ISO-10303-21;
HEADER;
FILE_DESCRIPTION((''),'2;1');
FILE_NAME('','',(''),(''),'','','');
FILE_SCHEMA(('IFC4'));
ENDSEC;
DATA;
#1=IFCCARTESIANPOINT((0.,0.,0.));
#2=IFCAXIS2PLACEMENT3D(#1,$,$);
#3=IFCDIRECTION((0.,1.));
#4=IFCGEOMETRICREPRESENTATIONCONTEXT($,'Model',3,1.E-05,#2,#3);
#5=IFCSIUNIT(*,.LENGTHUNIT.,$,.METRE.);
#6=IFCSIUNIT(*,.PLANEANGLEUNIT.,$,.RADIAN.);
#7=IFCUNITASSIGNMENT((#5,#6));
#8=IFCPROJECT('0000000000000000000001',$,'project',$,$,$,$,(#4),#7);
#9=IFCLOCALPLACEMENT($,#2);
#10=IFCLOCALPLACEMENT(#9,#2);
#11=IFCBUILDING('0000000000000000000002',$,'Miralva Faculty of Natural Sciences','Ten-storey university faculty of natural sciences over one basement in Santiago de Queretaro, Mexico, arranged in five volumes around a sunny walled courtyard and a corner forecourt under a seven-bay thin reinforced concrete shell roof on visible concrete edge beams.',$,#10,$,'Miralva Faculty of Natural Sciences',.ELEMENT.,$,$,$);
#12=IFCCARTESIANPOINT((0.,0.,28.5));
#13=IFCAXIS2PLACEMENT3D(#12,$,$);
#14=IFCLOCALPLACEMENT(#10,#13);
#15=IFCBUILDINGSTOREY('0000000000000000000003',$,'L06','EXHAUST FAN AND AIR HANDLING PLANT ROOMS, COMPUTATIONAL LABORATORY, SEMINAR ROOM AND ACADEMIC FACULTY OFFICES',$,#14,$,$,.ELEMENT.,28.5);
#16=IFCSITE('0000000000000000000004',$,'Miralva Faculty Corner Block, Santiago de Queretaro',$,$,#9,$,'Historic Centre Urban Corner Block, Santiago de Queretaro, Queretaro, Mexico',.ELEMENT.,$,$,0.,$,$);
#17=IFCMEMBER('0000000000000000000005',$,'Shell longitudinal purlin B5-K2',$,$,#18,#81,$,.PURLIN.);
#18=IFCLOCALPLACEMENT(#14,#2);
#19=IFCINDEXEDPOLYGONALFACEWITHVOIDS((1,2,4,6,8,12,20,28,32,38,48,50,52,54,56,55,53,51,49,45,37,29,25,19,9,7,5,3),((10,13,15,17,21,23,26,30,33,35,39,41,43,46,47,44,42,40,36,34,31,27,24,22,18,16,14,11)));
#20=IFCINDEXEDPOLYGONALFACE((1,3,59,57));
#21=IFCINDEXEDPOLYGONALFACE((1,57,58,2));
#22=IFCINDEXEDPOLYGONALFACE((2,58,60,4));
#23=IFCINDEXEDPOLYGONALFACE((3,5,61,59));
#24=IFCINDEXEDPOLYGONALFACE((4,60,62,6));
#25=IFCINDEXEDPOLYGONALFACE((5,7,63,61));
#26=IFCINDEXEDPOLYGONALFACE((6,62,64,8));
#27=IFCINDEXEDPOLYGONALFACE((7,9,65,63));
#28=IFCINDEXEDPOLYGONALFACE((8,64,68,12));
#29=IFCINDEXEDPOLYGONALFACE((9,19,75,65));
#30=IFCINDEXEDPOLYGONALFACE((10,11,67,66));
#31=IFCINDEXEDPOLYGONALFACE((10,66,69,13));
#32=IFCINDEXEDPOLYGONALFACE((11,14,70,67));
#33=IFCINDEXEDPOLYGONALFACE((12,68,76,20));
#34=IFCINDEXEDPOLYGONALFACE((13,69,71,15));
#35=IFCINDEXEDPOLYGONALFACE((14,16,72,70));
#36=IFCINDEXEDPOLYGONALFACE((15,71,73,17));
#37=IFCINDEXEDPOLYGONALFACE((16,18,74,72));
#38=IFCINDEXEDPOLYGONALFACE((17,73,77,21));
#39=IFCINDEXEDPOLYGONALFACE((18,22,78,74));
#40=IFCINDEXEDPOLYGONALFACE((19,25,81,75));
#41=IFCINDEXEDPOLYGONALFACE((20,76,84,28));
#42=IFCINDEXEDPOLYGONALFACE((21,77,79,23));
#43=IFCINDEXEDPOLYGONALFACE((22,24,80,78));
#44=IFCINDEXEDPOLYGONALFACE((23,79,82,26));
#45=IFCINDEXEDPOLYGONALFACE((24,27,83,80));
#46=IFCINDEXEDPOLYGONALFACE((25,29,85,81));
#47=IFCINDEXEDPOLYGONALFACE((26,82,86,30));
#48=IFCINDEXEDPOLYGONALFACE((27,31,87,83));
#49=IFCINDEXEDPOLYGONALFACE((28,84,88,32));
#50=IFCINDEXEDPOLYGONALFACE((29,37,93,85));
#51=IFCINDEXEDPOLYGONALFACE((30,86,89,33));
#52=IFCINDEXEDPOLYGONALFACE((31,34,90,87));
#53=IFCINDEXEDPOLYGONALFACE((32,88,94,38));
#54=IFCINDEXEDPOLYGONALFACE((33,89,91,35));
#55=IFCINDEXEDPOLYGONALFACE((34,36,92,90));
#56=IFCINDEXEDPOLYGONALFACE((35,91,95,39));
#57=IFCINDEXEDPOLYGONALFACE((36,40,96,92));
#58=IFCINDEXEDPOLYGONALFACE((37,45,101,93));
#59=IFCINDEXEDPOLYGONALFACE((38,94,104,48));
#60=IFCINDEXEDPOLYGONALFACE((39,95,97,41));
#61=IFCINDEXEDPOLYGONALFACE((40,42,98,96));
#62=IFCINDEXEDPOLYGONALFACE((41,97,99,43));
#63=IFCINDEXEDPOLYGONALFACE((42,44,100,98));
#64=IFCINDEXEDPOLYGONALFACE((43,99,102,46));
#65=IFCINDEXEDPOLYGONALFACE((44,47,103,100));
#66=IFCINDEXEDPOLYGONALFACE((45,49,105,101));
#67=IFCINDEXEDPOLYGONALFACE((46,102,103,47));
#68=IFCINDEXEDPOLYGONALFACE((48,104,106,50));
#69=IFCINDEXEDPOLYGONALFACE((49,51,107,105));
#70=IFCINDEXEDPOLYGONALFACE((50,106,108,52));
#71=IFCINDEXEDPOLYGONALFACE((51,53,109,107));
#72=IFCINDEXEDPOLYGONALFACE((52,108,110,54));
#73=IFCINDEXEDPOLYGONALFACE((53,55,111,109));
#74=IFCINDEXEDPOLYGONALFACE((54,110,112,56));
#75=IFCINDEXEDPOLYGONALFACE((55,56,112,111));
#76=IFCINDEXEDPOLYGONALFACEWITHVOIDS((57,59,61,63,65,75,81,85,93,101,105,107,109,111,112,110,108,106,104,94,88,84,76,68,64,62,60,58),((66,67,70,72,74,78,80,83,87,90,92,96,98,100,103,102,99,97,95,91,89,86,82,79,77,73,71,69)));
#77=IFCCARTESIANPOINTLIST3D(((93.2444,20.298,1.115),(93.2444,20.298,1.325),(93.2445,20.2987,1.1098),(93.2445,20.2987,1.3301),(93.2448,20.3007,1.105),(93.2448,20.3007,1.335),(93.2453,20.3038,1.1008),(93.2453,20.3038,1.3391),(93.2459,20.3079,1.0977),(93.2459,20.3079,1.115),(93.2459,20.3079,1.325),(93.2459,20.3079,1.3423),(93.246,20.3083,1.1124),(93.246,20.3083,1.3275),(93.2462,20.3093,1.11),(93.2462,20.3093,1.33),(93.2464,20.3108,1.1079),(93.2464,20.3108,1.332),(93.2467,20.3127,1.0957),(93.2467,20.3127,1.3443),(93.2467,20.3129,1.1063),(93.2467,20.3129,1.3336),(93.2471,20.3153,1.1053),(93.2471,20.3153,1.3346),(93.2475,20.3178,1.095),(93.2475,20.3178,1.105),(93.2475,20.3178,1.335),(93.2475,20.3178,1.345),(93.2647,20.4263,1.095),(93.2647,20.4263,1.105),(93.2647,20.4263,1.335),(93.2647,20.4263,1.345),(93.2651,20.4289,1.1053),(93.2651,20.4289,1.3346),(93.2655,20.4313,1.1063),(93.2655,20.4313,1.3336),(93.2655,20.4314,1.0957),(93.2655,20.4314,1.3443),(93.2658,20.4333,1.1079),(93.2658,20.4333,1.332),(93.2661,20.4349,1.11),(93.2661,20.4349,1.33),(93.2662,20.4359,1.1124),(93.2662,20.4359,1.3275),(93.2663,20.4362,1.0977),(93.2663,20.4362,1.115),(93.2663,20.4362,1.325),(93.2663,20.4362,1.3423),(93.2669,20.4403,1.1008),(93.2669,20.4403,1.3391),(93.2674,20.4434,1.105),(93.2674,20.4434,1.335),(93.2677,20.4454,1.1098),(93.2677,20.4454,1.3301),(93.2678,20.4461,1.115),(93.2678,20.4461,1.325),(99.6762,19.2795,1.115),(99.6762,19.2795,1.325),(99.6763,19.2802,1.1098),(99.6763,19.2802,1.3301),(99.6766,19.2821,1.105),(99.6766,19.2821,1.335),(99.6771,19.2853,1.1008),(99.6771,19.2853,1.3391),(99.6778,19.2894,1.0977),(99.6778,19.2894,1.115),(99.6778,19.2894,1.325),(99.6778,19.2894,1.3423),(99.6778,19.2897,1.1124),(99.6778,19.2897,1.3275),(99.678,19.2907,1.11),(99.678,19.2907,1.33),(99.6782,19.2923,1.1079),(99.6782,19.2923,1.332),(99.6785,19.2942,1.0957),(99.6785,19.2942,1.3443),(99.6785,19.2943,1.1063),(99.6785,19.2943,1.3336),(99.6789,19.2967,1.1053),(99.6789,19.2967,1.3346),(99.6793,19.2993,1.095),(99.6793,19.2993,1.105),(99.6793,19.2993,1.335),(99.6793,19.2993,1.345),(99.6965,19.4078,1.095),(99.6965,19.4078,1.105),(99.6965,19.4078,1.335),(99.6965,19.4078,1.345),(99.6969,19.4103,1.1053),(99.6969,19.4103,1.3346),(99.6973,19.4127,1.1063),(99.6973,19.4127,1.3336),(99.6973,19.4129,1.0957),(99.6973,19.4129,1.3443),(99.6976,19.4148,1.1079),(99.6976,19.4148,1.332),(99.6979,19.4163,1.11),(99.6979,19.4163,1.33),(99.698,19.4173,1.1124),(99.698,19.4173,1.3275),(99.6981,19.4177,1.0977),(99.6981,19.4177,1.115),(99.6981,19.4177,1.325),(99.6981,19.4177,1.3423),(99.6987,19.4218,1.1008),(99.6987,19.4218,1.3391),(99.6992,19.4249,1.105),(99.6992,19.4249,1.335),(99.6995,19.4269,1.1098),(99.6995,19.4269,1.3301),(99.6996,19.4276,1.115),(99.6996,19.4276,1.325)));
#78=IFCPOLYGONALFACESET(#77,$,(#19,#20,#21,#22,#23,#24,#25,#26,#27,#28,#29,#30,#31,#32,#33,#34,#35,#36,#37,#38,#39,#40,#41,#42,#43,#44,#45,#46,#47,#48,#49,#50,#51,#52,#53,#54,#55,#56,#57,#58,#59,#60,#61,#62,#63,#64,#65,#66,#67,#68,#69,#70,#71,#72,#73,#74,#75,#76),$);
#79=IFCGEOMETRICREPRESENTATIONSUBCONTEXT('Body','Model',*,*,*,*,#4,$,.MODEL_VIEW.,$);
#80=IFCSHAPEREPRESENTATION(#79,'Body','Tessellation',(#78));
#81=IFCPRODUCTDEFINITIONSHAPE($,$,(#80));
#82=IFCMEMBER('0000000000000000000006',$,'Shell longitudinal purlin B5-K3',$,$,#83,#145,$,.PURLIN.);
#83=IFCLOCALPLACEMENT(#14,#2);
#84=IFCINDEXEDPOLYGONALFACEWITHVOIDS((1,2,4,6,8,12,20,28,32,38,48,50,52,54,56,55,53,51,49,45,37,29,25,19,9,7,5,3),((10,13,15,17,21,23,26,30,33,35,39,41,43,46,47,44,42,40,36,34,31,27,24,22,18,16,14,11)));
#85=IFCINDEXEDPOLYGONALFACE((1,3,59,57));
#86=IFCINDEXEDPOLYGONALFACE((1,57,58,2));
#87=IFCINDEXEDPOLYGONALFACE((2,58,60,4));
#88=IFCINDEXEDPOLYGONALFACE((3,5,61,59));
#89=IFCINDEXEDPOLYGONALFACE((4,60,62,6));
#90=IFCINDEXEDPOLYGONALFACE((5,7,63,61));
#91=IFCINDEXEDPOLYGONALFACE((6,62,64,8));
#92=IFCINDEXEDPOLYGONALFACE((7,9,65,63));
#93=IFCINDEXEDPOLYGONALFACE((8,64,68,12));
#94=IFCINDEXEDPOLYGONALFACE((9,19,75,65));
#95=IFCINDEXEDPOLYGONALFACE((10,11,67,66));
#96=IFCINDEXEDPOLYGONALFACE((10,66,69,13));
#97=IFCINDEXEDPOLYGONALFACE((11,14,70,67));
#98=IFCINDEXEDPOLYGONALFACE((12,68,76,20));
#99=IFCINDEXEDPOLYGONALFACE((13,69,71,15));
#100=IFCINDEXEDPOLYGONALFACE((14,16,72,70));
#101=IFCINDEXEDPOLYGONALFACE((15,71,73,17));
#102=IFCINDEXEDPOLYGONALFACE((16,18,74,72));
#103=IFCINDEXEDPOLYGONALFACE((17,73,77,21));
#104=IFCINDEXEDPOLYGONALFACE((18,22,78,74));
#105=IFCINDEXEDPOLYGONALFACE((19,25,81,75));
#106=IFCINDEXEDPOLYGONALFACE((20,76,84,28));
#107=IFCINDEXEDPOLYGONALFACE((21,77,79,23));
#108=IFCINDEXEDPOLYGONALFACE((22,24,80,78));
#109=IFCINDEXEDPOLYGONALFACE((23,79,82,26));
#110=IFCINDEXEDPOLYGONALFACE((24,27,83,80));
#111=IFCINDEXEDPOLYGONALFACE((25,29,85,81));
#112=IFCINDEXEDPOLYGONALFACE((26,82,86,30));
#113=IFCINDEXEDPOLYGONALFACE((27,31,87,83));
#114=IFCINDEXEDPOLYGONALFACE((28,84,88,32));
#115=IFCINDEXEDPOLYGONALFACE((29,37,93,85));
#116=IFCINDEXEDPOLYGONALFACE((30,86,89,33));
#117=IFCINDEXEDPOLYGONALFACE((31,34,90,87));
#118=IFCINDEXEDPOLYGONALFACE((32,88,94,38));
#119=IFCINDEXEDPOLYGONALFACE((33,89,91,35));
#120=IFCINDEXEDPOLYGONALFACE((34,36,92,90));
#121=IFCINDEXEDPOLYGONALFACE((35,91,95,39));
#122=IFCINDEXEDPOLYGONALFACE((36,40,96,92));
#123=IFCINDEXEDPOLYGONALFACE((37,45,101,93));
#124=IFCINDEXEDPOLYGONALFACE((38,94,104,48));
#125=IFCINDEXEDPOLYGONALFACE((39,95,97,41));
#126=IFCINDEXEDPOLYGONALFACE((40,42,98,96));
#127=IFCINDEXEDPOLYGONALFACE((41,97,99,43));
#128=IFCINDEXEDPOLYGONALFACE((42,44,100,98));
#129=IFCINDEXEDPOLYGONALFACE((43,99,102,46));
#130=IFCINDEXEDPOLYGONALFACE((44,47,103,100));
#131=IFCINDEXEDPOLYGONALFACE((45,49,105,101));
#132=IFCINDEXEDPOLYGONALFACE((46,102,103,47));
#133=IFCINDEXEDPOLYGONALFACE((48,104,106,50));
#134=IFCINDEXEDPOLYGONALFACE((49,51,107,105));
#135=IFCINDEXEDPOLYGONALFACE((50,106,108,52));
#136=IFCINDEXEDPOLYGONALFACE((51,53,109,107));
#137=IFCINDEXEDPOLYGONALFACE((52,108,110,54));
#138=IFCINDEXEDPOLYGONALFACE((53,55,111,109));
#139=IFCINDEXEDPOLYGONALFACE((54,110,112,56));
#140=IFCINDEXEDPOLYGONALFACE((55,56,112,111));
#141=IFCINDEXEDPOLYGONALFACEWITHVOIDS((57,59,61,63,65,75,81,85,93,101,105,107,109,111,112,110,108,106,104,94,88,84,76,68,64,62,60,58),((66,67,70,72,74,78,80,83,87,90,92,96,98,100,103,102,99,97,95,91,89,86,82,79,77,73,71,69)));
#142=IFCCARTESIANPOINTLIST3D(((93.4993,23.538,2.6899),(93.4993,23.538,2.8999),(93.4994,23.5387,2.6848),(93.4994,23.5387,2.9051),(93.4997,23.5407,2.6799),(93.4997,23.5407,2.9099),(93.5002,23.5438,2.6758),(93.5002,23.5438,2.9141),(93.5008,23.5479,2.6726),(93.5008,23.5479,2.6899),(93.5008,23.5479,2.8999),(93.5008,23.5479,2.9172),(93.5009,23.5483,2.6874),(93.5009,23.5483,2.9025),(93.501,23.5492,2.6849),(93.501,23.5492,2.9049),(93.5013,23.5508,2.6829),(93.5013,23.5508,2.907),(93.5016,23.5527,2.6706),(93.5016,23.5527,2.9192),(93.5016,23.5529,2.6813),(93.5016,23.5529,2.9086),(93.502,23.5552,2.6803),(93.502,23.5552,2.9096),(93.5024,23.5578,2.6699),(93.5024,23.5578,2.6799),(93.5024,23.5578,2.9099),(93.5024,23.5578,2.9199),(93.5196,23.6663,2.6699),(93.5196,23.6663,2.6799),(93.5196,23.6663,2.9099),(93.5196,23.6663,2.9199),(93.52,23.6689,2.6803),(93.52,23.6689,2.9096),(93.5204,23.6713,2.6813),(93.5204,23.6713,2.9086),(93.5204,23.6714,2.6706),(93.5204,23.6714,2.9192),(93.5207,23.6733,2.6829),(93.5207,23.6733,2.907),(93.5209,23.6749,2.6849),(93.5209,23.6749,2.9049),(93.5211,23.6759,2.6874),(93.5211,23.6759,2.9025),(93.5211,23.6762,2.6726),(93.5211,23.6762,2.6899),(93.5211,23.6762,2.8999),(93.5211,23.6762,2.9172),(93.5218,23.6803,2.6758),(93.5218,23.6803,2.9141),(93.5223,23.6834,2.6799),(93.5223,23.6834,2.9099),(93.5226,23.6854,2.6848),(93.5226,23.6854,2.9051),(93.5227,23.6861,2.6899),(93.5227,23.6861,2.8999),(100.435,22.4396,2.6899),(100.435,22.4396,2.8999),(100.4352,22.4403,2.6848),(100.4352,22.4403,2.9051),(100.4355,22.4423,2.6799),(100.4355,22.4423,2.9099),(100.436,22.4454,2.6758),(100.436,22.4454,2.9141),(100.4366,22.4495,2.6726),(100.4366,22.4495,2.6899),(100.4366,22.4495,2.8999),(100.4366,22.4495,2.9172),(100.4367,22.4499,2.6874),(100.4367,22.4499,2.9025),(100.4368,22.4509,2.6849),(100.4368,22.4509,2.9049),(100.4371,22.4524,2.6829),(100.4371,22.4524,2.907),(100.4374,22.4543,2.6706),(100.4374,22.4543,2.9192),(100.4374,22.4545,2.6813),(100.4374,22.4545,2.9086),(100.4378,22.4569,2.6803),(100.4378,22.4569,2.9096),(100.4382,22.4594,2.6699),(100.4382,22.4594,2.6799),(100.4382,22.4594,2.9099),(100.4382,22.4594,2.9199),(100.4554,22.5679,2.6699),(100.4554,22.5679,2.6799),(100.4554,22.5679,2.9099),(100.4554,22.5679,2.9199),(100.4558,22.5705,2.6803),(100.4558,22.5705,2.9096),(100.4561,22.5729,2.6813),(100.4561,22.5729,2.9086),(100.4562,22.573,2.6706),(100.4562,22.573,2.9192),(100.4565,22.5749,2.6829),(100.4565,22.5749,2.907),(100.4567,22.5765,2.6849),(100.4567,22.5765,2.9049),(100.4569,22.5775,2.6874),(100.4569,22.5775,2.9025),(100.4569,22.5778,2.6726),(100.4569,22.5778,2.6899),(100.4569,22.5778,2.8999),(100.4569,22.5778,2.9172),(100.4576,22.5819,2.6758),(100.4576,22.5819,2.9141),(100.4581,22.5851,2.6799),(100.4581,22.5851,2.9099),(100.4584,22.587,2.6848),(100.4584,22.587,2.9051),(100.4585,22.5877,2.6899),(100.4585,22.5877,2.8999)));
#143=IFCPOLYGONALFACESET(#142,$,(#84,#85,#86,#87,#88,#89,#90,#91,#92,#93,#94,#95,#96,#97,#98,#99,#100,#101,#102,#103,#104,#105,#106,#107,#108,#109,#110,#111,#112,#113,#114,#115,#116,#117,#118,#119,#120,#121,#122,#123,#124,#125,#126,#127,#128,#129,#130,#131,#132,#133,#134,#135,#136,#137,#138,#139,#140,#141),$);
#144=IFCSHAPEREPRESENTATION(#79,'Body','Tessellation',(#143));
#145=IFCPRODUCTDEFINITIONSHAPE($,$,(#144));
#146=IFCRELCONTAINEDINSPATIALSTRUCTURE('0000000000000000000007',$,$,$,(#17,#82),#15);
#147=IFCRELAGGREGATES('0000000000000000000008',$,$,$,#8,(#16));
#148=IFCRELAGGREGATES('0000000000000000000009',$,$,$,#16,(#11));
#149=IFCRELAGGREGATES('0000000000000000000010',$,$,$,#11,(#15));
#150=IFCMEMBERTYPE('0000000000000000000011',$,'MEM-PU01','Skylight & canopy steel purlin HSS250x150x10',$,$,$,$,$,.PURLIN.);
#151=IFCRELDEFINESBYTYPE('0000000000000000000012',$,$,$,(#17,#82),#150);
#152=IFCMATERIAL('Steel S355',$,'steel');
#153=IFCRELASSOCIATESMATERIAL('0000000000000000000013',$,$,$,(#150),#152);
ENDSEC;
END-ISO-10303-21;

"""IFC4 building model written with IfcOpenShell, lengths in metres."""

from ifc_helpers import new_model, si_unit, direction, frame, origin, origin_2d, place, context, subcontext, project, spatial, hollow_rectangle, extrude, material, material_profile, profile_set, type_object, element, save


model = new_model("IFC4")

# Units and contexts
model_context = context("Model", 3, precision=1e-05, world=origin(), true_north=direction((0.0, 1.0)))
body_context = subcontext(model_context, "Body", "Model", "MODEL_VIEW")
ifc_project = project(units=[si_unit("LENGTHUNIT", "METRE"), si_unit("PLANEANGLEUNIT", "RADIAN")], contexts=[model_context])

# Site, building, storey
site_placement = place(None, origin())
site = spatial("IfcSite", under=ifc_project, at=site_placement, Name="Miralva Faculty Corner Block, Santiago de Queretaro", LongName="Historic Centre Urban Corner Block, Santiago de Queretaro, Queretaro, Mexico", CompositionType="ELEMENT", RefElevation=0.0)
building_placement = place(site_placement, origin())
building = spatial("IfcBuilding", under=site, at=building_placement, Name="Miralva Faculty of Natural Sciences", Description="Ten-storey university faculty of natural sciences over one basement in Santiago de Queretaro, Mexico, arranged in five volumes around a sunny walled courtyard and a corner forecourt under a seven-bay thin reinforced concrete shell roof on visible concrete edge beams.", LongName="Miralva Faculty of Natural Sciences", CompositionType="ELEMENT")
storey_placement = place(building_placement, frame((0.0, 0.0, 28.5)))
storey = spatial("IfcBuildingStorey", under=building, at=storey_placement, Name="L06", Description="EXHAUST FAN AND AIR HANDLING PLANT ROOMS, COMPUTATIONAL LABORATORY, SEMINAR ROOM AND ACADEMIC FACULTY OFFICES", CompositionType="ELEMENT", Elevation=28.5)

# Members
ifc_material_1 = material(Name="Steel S355", Category="steel")
ifc_material_profile_1 = material_profile(ifc_material_1, hollow_rectangle(XDim=0.1499, YDim=0.25, WallThickness=0.01, InnerFilletRadius=0.01, OuterFilletRadius=0.02, at=origin_2d()), Name="HSS 250x150x10")
ifc_profile_set_1 = profile_set([ifc_material_profile_1], Name="Steel S355")
member_type = type_object("IfcMemberType", Name="MEM-PU01", Description="Skylight & canopy steel purlin HSS250x150x10", PredefinedType="PURLIN", material=ifc_profile_set_1)
member_1_placement = place(storey_placement, frame((93.2561, 20.3721, 1.22), z_axis=(0.987692, -0.156411, 0.0), x_axis=(0.156411, 0.987692, 0.0)))
element("IfcMember", 1, at=member_1_placement, inside=storey, type_object=member_type, Name="Shell longitudinal purlin B5-K2", PredefinedType="PURLIN", context=body_context, shape_type="SweptSolid", body=[
    extrude(hollow_rectangle(XDim=0.1499, YDim=0.25, WallThickness=0.01, InnerFilletRadius=0.01, OuterFilletRadius=0.02, at=origin_2d()), origin(), (0.0, 0.0, 1.0), 6.512),
])
member_2_placement = place(storey_placement, frame((93.511, 23.6121, 2.7949), z_axis=(0.987691, -0.156416, 0.0), x_axis=(0.156416, 0.987691, 0.0)))
element("IfcMember", 2, at=member_2_placement, inside=storey, type_object=member_type, Name="Shell longitudinal purlin B5-K3", PredefinedType="PURLIN", context=body_context, shape_type="SweptSolid", body=[
    extrude(hollow_rectangle(XDim=0.1499, YDim=0.25, WallThickness=0.01, InnerFilletRadius=0.01, OuterFilletRadius=0.02, at=origin_2d()), origin(), (0.0, 0.0, 1.0), 7.0222),
])

save(model, "model.ifc")
